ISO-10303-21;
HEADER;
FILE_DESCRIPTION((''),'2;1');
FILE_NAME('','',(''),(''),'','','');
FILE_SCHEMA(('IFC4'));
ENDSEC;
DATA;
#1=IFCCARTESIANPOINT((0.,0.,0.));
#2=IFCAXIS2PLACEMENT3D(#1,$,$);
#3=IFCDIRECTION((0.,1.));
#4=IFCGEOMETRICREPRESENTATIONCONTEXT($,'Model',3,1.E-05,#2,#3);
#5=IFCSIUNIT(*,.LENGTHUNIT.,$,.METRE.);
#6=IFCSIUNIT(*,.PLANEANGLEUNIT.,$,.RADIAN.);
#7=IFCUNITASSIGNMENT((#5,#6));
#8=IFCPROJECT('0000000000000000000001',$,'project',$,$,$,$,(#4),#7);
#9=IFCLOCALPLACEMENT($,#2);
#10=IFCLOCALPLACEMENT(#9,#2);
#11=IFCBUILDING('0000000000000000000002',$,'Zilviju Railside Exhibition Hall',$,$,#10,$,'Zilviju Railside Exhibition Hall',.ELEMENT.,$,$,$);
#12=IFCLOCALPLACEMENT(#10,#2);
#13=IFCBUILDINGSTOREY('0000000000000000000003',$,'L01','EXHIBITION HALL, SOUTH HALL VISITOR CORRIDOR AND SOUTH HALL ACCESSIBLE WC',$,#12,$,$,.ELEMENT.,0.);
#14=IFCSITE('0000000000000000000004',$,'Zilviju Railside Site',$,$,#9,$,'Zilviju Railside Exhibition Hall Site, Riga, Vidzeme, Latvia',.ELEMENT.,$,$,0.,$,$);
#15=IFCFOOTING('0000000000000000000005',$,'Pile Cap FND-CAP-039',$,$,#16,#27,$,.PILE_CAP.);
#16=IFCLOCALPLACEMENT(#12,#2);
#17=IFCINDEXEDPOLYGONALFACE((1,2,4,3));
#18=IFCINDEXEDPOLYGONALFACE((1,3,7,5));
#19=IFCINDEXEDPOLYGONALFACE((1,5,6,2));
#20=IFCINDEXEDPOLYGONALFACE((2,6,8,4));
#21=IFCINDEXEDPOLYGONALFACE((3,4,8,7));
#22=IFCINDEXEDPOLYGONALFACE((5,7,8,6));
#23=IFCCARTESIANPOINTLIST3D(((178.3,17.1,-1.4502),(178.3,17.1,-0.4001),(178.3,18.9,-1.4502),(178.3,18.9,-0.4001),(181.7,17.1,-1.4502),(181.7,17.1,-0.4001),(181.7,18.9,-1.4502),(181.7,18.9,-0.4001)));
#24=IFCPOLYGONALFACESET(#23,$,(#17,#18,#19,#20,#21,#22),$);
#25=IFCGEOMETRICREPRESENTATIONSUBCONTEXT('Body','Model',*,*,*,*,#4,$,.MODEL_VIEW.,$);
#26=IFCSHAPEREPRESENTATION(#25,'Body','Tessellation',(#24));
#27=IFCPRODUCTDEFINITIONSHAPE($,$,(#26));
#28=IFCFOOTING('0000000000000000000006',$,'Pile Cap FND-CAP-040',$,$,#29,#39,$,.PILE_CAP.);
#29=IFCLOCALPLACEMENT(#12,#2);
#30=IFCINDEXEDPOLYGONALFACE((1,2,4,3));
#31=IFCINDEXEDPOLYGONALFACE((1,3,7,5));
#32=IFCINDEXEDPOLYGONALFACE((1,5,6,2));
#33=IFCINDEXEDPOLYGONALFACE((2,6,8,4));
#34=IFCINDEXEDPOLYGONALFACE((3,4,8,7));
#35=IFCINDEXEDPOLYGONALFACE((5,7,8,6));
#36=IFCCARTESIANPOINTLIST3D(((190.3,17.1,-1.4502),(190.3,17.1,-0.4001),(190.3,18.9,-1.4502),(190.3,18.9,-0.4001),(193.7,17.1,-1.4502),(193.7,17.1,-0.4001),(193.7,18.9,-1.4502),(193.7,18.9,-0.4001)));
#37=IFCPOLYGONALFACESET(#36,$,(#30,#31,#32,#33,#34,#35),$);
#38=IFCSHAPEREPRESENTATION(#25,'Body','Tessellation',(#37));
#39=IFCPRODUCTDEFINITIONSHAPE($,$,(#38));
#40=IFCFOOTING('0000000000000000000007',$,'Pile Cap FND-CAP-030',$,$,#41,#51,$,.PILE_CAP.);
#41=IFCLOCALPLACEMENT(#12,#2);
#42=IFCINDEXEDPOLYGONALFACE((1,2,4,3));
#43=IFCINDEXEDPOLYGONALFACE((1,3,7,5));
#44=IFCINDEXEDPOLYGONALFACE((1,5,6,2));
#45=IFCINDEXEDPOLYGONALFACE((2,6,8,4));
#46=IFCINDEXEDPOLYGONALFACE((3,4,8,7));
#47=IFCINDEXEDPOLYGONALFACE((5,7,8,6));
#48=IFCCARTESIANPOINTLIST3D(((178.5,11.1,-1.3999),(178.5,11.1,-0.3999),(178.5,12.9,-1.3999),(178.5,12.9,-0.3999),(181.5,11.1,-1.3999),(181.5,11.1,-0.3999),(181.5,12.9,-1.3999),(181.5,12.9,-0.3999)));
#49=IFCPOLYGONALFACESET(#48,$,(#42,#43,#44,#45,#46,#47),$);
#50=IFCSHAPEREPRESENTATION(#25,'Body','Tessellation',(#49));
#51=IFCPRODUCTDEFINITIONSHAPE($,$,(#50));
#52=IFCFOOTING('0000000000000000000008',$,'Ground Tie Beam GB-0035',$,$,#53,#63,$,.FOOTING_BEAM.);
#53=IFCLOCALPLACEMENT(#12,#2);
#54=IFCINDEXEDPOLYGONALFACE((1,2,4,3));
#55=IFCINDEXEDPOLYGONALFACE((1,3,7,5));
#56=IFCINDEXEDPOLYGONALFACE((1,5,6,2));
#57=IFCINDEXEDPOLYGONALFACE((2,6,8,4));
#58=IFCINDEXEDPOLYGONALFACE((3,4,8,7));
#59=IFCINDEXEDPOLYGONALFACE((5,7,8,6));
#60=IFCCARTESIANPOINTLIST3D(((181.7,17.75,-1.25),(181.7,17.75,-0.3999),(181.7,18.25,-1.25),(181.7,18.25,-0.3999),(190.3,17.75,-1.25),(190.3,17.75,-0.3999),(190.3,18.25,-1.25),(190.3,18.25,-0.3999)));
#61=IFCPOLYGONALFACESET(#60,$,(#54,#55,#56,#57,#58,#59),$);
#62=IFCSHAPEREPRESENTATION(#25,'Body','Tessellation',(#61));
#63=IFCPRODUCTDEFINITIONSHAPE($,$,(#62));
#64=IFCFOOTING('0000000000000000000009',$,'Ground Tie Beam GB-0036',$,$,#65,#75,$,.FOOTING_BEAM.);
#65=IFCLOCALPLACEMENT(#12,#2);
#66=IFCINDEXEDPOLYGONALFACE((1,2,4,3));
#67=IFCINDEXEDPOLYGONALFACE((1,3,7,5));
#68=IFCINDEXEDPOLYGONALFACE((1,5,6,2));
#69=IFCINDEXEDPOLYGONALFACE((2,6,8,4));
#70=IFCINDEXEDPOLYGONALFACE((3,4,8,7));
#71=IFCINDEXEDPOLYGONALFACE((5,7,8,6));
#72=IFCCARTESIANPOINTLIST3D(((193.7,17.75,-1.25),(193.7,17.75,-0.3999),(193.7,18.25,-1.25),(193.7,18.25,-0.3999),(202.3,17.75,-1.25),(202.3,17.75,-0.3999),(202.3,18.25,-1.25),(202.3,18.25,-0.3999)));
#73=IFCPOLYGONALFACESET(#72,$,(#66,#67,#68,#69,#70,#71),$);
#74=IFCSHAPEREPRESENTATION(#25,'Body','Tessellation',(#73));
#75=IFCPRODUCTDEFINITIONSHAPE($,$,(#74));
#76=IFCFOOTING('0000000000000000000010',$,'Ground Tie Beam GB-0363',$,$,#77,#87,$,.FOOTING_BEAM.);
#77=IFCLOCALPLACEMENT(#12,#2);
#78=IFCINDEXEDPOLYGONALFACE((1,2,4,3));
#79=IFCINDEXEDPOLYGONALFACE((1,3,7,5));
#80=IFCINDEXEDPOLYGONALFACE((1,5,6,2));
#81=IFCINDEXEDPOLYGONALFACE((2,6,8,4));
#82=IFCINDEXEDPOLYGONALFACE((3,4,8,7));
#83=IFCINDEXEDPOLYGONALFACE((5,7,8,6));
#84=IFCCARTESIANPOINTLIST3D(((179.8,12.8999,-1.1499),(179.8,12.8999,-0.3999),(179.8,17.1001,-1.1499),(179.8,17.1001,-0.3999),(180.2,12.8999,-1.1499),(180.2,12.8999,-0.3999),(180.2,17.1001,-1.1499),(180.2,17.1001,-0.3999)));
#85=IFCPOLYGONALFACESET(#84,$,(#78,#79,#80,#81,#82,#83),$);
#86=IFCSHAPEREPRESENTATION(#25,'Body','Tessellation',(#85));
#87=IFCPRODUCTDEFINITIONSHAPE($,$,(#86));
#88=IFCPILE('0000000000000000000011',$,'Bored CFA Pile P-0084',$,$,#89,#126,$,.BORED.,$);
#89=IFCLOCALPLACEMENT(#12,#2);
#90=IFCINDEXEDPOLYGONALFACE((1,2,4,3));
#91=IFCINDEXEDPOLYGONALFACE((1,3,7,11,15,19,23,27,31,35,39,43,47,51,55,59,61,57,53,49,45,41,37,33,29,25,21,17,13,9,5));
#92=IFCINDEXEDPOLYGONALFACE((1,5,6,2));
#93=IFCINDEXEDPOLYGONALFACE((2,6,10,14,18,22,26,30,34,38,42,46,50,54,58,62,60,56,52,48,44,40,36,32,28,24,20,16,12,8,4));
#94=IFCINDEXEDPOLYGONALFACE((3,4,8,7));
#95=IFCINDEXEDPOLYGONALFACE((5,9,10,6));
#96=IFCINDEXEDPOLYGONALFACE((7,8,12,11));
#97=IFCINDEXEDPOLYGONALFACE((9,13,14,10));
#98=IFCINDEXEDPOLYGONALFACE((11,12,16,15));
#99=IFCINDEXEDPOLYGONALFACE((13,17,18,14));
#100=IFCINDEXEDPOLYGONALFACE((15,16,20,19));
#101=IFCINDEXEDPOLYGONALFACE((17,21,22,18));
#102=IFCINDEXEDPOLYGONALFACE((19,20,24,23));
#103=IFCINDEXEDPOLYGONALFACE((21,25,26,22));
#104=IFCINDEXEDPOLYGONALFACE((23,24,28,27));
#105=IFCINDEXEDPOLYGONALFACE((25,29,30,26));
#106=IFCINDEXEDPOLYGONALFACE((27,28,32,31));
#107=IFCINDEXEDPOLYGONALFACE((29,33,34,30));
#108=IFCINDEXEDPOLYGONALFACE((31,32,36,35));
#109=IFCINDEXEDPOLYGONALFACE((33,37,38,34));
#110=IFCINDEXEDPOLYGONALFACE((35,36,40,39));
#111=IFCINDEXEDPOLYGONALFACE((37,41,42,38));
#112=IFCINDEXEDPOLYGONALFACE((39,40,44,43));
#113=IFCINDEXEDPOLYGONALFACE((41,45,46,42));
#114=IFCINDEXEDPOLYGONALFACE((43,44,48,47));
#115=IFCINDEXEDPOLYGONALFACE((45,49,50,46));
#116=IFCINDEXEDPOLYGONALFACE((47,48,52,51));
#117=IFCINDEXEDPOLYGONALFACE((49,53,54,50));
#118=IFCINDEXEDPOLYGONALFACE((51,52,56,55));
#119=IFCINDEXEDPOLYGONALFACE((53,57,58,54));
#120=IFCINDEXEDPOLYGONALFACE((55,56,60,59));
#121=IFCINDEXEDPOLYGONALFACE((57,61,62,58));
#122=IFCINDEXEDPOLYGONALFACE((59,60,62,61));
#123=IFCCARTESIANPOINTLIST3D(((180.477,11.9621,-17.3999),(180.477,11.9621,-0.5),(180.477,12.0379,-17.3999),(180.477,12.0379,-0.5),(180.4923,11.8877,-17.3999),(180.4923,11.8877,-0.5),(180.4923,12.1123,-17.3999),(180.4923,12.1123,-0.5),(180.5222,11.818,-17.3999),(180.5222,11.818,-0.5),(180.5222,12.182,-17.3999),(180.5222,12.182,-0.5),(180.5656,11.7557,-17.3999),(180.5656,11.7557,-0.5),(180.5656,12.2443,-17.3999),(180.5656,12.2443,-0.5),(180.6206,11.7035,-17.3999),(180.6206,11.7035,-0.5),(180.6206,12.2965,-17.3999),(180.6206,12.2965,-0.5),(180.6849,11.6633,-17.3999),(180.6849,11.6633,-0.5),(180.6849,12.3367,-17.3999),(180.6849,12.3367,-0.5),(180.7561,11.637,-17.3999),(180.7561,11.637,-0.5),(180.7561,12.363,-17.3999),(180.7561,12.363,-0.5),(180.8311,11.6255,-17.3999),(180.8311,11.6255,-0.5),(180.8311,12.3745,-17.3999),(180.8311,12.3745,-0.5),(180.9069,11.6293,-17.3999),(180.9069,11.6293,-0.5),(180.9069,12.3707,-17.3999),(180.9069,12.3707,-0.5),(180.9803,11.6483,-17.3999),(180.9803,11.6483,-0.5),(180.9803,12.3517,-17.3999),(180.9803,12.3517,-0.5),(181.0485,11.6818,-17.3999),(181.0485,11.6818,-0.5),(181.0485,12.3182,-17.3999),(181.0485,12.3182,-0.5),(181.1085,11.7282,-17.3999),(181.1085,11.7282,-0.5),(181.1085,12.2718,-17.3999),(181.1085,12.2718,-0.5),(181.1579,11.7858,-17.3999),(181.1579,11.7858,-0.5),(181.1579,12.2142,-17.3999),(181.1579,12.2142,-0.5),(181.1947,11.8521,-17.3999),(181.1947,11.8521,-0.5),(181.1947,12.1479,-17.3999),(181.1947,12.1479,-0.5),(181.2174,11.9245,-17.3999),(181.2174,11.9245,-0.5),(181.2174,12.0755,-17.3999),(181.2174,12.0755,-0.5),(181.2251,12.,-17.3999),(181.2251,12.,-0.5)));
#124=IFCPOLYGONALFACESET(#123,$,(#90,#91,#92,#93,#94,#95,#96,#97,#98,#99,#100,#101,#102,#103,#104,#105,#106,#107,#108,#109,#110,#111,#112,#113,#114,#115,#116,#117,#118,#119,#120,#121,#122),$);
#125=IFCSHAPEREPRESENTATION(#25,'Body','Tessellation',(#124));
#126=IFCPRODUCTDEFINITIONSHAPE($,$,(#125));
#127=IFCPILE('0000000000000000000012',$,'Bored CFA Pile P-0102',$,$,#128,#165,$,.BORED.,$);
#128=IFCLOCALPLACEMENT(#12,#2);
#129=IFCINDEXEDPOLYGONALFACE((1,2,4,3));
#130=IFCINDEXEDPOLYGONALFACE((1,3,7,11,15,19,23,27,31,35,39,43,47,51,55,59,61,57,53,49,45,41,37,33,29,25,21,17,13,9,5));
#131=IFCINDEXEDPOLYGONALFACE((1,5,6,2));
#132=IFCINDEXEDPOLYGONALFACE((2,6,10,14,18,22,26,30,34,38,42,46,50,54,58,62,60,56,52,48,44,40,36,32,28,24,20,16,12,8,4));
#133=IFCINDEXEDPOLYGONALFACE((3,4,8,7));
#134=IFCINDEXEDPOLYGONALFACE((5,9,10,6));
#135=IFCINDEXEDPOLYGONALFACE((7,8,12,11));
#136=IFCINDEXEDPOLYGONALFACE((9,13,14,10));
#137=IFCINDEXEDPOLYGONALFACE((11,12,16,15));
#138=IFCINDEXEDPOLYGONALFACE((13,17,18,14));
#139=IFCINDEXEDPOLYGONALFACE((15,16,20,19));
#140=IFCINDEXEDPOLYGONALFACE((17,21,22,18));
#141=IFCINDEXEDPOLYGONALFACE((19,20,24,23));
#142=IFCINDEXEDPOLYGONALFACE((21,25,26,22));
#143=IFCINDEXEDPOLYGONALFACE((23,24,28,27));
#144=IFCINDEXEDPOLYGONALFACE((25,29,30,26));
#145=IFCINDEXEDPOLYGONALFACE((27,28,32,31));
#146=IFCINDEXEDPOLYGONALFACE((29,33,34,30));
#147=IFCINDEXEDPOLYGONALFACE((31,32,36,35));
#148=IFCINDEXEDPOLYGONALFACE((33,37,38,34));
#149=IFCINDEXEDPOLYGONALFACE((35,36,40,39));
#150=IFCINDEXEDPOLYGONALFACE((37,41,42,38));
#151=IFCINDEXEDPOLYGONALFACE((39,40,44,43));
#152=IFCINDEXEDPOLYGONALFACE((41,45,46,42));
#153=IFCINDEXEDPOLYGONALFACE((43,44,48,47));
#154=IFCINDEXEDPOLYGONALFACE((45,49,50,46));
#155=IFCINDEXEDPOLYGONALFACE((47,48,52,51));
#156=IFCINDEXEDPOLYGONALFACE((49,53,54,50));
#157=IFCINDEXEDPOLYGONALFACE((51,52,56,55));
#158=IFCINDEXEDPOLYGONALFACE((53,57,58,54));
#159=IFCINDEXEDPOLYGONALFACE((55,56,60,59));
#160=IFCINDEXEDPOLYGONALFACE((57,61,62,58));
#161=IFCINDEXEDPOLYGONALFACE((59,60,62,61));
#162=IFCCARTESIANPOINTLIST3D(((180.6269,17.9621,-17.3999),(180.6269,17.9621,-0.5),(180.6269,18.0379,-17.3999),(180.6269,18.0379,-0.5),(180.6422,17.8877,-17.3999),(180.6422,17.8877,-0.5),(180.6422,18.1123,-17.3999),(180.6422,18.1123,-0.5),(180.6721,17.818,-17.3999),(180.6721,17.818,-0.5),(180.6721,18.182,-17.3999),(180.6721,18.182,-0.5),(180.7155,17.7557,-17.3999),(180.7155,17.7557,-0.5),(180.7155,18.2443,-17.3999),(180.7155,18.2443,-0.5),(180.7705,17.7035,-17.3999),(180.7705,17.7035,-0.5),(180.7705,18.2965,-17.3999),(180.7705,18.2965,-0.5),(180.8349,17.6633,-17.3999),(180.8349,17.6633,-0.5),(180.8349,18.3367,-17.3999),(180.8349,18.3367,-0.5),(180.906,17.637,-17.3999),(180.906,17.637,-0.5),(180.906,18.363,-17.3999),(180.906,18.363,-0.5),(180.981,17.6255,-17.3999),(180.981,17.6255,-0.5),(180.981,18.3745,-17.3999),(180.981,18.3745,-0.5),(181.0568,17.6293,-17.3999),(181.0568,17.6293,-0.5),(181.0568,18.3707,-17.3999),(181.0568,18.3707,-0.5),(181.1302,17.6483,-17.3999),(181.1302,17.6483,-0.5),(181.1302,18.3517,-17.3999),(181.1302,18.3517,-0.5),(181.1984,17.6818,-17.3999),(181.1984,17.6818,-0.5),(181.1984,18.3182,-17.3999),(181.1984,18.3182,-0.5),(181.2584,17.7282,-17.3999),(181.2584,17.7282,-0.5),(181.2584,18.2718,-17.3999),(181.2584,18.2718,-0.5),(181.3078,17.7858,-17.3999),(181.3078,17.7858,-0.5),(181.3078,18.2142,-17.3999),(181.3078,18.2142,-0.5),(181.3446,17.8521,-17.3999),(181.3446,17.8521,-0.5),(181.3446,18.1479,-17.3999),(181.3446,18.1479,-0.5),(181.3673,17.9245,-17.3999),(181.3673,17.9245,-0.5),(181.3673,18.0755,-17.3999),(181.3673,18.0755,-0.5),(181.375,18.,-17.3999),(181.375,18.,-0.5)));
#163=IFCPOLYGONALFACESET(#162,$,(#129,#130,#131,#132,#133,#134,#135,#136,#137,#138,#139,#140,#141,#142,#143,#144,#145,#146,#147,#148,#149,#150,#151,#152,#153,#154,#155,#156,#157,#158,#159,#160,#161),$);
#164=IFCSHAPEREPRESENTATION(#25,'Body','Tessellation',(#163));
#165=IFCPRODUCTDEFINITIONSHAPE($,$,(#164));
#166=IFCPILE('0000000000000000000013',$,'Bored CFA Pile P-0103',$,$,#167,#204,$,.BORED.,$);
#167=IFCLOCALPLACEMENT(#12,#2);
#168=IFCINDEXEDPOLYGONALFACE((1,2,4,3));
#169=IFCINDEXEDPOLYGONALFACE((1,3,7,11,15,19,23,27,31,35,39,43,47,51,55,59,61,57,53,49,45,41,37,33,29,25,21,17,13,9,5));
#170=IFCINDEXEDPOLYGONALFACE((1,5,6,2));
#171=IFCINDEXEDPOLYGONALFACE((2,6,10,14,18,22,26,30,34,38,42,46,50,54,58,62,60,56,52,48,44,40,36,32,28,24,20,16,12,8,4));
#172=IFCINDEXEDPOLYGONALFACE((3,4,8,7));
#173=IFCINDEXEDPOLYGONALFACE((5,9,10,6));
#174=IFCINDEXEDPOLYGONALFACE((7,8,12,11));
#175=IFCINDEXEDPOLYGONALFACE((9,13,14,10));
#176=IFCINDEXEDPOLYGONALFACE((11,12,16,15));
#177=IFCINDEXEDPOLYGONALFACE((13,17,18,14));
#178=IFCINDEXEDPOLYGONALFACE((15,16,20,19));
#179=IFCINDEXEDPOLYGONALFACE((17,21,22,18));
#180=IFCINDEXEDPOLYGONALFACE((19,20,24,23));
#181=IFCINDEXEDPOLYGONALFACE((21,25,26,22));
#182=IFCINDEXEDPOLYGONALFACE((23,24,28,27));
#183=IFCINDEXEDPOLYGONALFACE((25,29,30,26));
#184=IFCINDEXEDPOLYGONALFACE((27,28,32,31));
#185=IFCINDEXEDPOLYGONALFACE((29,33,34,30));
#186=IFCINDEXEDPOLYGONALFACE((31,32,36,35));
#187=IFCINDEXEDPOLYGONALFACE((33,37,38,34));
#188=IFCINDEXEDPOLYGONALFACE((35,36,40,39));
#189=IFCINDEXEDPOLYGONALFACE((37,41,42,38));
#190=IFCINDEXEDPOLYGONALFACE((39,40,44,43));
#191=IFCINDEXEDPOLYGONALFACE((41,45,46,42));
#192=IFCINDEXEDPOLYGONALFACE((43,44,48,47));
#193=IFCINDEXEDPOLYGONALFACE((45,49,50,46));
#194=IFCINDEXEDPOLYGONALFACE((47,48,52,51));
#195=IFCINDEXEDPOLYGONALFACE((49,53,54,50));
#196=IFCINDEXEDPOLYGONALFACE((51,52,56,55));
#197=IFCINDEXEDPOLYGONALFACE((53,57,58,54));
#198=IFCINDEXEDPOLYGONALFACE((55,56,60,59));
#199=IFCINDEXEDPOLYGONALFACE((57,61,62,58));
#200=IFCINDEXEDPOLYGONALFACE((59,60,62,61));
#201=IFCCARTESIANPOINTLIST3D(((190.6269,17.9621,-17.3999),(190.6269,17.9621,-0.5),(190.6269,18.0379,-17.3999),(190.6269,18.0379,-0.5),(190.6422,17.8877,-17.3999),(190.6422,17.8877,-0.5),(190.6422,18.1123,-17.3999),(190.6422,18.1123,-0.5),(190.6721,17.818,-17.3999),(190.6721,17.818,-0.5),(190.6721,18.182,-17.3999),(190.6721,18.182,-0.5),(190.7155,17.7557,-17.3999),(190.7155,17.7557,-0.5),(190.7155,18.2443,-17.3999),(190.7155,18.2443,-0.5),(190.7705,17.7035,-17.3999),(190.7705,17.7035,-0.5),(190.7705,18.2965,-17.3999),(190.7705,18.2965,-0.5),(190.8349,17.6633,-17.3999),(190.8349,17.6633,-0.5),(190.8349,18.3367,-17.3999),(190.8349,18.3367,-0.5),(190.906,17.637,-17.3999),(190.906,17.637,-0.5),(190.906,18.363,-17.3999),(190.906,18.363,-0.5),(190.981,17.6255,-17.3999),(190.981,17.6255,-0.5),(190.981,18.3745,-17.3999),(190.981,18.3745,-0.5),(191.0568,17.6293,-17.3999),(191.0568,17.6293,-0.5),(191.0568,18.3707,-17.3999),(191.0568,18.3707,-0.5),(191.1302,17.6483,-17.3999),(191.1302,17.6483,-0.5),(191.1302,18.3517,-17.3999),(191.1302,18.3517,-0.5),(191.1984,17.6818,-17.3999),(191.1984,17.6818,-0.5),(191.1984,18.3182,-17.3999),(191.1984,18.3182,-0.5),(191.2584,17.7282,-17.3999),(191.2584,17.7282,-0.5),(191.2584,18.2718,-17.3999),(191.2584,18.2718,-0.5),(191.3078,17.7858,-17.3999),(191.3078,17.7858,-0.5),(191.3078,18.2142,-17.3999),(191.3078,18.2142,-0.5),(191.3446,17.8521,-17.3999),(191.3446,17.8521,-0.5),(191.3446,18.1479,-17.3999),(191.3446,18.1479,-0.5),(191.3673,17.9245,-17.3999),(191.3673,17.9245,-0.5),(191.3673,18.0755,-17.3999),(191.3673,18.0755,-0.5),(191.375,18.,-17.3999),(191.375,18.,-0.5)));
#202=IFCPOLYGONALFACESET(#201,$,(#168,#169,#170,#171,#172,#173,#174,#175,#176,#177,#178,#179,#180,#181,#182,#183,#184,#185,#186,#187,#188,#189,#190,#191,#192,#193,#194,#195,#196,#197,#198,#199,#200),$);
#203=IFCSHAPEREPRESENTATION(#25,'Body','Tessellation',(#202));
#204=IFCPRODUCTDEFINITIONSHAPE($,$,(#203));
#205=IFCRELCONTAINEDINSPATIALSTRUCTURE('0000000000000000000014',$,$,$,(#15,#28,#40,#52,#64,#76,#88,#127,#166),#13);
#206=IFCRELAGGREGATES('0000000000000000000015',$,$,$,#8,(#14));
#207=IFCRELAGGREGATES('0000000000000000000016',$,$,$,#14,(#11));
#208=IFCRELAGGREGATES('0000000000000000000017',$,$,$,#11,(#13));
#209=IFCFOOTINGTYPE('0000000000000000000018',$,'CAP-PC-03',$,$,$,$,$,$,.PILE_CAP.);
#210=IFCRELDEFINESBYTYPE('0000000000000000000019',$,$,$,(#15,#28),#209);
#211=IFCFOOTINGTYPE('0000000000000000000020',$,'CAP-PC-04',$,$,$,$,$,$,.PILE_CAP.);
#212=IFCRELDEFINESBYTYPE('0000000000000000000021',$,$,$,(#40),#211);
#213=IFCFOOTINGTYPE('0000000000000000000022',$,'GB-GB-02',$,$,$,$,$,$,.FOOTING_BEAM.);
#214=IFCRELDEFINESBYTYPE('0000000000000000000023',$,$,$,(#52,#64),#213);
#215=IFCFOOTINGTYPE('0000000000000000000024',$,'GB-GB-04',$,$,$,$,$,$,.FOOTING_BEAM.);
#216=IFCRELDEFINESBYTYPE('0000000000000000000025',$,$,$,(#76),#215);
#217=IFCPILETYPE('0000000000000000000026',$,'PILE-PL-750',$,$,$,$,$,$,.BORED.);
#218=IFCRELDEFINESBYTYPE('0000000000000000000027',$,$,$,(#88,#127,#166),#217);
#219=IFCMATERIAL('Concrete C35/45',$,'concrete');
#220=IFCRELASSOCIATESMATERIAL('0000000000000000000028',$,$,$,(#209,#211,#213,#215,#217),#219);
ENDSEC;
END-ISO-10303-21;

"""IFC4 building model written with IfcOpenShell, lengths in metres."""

from ifc_helpers import new_model, si_unit, direction, frame, origin, origin_2d, place, context, subcontext, project, spatial, rectangle, circle, extrude, material, material_profile, profile_set, type_object, element, save


model = new_model("IFC4")

# Units and contexts
model_context = context("Model", 3, precision=1e-05, world=origin(), true_north=direction((0.0, 1.0)))
body_context = subcontext(model_context, "Body", "Model", "MODEL_VIEW")
ifc_project = project(units=[si_unit("LENGTHUNIT", "METRE"), si_unit("PLANEANGLEUNIT", "RADIAN")], contexts=[model_context])

# Site, building, storey
site_placement = place(None, origin())
site = spatial("IfcSite", under=ifc_project, at=site_placement, Name="Zilviju Railside Site", LongName="Zilviju Railside Exhibition Hall Site, Riga, Vidzeme, Latvia", CompositionType="ELEMENT", RefElevation=0.0)
building_placement = place(site_placement, origin())
building = spatial("IfcBuilding", under=site, at=building_placement, Name="Zilviju Railside Exhibition Hall", LongName="Zilviju Railside Exhibition Hall", CompositionType="ELEMENT")
storey_placement = place(building_placement, origin())
storey = spatial("IfcBuildingStorey", under=building, at=storey_placement, Name="L01", Description="EXHIBITION HALL, SOUTH HALL VISITOR CORRIDOR AND SOUTH HALL ACCESSIBLE WC", CompositionType="ELEMENT", Elevation=0.0)

# Footings
ifc_material_1 = material(Name="Concrete C35/45", Category="concrete")
footing_type_1 = type_object("IfcFootingType", Name="CAP-PC-03", PredefinedType="PILE_CAP", material=ifc_material_1)
for number, where, z_axis, x_axis, name in (
    (1, (180.0, 18.0, -1.4502), (0.0, 0.0, 1.0), (1.0, 0.0, 0.0), "Pile Cap FND-CAP-039"),
    (2, (192.0, 18.0, -1.4502), (0.0, 0.0, 1.0), (1.0, 0.0, 0.0), "Pile Cap FND-CAP-040"),
):
    element("IfcFooting", number, at=place(storey_placement, frame(where, z_axis=z_axis, x_axis=x_axis)), inside=storey, type_object=footing_type_1, Name=name, PredefinedType="PILE_CAP", context=body_context, shape_type="SweptSolid", body=[
        extrude(rectangle(XDim=3.3999, YDim=1.8, at=origin_2d()), origin(), (0.0, 0.0, 1.0), 1.05),
    ])
footing_type_2 = type_object("IfcFootingType", Name="CAP-PC-04", PredefinedType="PILE_CAP", material=ifc_material_1)
footing_1_placement = place(storey_placement, frame((180.0, 12.0, -1.3999), z_axis=(0.0, 0.0, 1.0), x_axis=(1.0, 0.0, 0.0)))
element("IfcFooting", 3, at=footing_1_placement, inside=storey, type_object=footing_type_2, Name="Pile Cap FND-CAP-030", PredefinedType="PILE_CAP", context=body_context, shape_type="SweptSolid", body=[
    extrude(rectangle(XDim=3.0, YDim=1.8, at=origin_2d()), origin(), (0.0, 0.0, 1.0), 1.0),
])
ifc_material_profile_1 = material_profile(ifc_material_1, rectangle(XDim=0.5, YDim=0.8501, at=origin_2d()), Name="TIE BEAM 500x850")
ifc_profile_set_1 = profile_set([ifc_material_profile_1], Name="Concrete C35/45")
footing_type_3 = type_object("IfcFootingType", Name="GB-GB-02", PredefinedType="FOOTING_BEAM", material=ifc_profile_set_1)
for number, where, z_axis, x_axis, name in (
    (4, (181.7, 18.0, -0.825), (1.0, 0.0, 0.0), (0.0, 1.0, 0.0), "Ground Tie Beam GB-0035"),
    (5, (193.7, 18.0, -0.825), (1.0, 0.0, 0.0), (0.0, 1.0, 0.0), "Ground Tie Beam GB-0036"),
):
    element("IfcFooting", number, at=place(storey_placement, frame(where, z_axis=z_axis, x_axis=x_axis)), inside=storey, type_object=footing_type_3, Name=name, PredefinedType="FOOTING_BEAM", context=body_context, shape_type="SweptSolid", body=[
        extrude(rectangle(XDim=0.5, YDim=0.8501, at=origin_2d()), origin(), (0.0, 0.0, 1.0), 8.6001),
    ])
ifc_material_profile_2 = material_profile(ifc_material_1, rectangle(XDim=0.3999, YDim=0.75, at=origin_2d()), Name="TIE BEAM 400x750")
ifc_profile_set_2 = profile_set([ifc_material_profile_2], Name="Concrete C35/45")
footing_type_4 = type_object("IfcFootingType", Name="GB-GB-04", PredefinedType="FOOTING_BEAM", material=ifc_profile_set_2)
footing_2_placement = place(storey_placement, frame((180.0, 12.8999, -0.7749), z_axis=(0.0, 1.0, 0.0), x_axis=(-1.0, 0.0, 0.0)))
element("IfcFooting", 6, at=footing_2_placement, inside=storey, type_object=footing_type_4, Name="Ground Tie Beam GB-0363", PredefinedType="FOOTING_BEAM", context=body_context, shape_type="SweptSolid", body=[
    extrude(rectangle(XDim=0.3999, YDim=0.75, at=origin_2d()), origin(), (0.0, 0.0, 1.0), 4.2002),
])

# Piles
ifc_material_profile_3 = material_profile(ifc_material_1, circle(Radius=0.375, at=origin_2d()), Name="CFA PILE D750")
ifc_profile_set_3 = profile_set([ifc_material_profile_3], Name="Concrete C35/45")
pile_type = type_object("IfcPileType", Name="PILE-PL-750", PredefinedType="BORED", material=ifc_profile_set_3)
for number, where, z_axis, x_axis, name in (
    (7, (180.8501, 12.0, -0.5), (0.0, 0.0, -1.0), (1.0, 0.0, 0.0), "Bored CFA Pile P-0084"),
    (8, (181.0, 18.0, -0.5), (0.0, 0.0, -1.0), (1.0, 0.0, 0.0), "Bored CFA Pile P-0102"),
    (9, (191.0, 18.0, -0.5), (0.0, 0.0, -1.0), (1.0, 0.0, 0.0), "Bored CFA Pile P-0103"),
):
    element("IfcPile", number, at=place(storey_placement, frame(where, z_axis=z_axis, x_axis=x_axis)), inside=storey, type_object=pile_type, Name=name, PredefinedType="BORED", context=body_context, shape_type="SweptSolid", body=[
        extrude(circle(Radius=0.375, at=origin_2d()), origin(), (0.0, 0.0, 1.0), 16.8999),
    ])

save(model, "model.ifc")
